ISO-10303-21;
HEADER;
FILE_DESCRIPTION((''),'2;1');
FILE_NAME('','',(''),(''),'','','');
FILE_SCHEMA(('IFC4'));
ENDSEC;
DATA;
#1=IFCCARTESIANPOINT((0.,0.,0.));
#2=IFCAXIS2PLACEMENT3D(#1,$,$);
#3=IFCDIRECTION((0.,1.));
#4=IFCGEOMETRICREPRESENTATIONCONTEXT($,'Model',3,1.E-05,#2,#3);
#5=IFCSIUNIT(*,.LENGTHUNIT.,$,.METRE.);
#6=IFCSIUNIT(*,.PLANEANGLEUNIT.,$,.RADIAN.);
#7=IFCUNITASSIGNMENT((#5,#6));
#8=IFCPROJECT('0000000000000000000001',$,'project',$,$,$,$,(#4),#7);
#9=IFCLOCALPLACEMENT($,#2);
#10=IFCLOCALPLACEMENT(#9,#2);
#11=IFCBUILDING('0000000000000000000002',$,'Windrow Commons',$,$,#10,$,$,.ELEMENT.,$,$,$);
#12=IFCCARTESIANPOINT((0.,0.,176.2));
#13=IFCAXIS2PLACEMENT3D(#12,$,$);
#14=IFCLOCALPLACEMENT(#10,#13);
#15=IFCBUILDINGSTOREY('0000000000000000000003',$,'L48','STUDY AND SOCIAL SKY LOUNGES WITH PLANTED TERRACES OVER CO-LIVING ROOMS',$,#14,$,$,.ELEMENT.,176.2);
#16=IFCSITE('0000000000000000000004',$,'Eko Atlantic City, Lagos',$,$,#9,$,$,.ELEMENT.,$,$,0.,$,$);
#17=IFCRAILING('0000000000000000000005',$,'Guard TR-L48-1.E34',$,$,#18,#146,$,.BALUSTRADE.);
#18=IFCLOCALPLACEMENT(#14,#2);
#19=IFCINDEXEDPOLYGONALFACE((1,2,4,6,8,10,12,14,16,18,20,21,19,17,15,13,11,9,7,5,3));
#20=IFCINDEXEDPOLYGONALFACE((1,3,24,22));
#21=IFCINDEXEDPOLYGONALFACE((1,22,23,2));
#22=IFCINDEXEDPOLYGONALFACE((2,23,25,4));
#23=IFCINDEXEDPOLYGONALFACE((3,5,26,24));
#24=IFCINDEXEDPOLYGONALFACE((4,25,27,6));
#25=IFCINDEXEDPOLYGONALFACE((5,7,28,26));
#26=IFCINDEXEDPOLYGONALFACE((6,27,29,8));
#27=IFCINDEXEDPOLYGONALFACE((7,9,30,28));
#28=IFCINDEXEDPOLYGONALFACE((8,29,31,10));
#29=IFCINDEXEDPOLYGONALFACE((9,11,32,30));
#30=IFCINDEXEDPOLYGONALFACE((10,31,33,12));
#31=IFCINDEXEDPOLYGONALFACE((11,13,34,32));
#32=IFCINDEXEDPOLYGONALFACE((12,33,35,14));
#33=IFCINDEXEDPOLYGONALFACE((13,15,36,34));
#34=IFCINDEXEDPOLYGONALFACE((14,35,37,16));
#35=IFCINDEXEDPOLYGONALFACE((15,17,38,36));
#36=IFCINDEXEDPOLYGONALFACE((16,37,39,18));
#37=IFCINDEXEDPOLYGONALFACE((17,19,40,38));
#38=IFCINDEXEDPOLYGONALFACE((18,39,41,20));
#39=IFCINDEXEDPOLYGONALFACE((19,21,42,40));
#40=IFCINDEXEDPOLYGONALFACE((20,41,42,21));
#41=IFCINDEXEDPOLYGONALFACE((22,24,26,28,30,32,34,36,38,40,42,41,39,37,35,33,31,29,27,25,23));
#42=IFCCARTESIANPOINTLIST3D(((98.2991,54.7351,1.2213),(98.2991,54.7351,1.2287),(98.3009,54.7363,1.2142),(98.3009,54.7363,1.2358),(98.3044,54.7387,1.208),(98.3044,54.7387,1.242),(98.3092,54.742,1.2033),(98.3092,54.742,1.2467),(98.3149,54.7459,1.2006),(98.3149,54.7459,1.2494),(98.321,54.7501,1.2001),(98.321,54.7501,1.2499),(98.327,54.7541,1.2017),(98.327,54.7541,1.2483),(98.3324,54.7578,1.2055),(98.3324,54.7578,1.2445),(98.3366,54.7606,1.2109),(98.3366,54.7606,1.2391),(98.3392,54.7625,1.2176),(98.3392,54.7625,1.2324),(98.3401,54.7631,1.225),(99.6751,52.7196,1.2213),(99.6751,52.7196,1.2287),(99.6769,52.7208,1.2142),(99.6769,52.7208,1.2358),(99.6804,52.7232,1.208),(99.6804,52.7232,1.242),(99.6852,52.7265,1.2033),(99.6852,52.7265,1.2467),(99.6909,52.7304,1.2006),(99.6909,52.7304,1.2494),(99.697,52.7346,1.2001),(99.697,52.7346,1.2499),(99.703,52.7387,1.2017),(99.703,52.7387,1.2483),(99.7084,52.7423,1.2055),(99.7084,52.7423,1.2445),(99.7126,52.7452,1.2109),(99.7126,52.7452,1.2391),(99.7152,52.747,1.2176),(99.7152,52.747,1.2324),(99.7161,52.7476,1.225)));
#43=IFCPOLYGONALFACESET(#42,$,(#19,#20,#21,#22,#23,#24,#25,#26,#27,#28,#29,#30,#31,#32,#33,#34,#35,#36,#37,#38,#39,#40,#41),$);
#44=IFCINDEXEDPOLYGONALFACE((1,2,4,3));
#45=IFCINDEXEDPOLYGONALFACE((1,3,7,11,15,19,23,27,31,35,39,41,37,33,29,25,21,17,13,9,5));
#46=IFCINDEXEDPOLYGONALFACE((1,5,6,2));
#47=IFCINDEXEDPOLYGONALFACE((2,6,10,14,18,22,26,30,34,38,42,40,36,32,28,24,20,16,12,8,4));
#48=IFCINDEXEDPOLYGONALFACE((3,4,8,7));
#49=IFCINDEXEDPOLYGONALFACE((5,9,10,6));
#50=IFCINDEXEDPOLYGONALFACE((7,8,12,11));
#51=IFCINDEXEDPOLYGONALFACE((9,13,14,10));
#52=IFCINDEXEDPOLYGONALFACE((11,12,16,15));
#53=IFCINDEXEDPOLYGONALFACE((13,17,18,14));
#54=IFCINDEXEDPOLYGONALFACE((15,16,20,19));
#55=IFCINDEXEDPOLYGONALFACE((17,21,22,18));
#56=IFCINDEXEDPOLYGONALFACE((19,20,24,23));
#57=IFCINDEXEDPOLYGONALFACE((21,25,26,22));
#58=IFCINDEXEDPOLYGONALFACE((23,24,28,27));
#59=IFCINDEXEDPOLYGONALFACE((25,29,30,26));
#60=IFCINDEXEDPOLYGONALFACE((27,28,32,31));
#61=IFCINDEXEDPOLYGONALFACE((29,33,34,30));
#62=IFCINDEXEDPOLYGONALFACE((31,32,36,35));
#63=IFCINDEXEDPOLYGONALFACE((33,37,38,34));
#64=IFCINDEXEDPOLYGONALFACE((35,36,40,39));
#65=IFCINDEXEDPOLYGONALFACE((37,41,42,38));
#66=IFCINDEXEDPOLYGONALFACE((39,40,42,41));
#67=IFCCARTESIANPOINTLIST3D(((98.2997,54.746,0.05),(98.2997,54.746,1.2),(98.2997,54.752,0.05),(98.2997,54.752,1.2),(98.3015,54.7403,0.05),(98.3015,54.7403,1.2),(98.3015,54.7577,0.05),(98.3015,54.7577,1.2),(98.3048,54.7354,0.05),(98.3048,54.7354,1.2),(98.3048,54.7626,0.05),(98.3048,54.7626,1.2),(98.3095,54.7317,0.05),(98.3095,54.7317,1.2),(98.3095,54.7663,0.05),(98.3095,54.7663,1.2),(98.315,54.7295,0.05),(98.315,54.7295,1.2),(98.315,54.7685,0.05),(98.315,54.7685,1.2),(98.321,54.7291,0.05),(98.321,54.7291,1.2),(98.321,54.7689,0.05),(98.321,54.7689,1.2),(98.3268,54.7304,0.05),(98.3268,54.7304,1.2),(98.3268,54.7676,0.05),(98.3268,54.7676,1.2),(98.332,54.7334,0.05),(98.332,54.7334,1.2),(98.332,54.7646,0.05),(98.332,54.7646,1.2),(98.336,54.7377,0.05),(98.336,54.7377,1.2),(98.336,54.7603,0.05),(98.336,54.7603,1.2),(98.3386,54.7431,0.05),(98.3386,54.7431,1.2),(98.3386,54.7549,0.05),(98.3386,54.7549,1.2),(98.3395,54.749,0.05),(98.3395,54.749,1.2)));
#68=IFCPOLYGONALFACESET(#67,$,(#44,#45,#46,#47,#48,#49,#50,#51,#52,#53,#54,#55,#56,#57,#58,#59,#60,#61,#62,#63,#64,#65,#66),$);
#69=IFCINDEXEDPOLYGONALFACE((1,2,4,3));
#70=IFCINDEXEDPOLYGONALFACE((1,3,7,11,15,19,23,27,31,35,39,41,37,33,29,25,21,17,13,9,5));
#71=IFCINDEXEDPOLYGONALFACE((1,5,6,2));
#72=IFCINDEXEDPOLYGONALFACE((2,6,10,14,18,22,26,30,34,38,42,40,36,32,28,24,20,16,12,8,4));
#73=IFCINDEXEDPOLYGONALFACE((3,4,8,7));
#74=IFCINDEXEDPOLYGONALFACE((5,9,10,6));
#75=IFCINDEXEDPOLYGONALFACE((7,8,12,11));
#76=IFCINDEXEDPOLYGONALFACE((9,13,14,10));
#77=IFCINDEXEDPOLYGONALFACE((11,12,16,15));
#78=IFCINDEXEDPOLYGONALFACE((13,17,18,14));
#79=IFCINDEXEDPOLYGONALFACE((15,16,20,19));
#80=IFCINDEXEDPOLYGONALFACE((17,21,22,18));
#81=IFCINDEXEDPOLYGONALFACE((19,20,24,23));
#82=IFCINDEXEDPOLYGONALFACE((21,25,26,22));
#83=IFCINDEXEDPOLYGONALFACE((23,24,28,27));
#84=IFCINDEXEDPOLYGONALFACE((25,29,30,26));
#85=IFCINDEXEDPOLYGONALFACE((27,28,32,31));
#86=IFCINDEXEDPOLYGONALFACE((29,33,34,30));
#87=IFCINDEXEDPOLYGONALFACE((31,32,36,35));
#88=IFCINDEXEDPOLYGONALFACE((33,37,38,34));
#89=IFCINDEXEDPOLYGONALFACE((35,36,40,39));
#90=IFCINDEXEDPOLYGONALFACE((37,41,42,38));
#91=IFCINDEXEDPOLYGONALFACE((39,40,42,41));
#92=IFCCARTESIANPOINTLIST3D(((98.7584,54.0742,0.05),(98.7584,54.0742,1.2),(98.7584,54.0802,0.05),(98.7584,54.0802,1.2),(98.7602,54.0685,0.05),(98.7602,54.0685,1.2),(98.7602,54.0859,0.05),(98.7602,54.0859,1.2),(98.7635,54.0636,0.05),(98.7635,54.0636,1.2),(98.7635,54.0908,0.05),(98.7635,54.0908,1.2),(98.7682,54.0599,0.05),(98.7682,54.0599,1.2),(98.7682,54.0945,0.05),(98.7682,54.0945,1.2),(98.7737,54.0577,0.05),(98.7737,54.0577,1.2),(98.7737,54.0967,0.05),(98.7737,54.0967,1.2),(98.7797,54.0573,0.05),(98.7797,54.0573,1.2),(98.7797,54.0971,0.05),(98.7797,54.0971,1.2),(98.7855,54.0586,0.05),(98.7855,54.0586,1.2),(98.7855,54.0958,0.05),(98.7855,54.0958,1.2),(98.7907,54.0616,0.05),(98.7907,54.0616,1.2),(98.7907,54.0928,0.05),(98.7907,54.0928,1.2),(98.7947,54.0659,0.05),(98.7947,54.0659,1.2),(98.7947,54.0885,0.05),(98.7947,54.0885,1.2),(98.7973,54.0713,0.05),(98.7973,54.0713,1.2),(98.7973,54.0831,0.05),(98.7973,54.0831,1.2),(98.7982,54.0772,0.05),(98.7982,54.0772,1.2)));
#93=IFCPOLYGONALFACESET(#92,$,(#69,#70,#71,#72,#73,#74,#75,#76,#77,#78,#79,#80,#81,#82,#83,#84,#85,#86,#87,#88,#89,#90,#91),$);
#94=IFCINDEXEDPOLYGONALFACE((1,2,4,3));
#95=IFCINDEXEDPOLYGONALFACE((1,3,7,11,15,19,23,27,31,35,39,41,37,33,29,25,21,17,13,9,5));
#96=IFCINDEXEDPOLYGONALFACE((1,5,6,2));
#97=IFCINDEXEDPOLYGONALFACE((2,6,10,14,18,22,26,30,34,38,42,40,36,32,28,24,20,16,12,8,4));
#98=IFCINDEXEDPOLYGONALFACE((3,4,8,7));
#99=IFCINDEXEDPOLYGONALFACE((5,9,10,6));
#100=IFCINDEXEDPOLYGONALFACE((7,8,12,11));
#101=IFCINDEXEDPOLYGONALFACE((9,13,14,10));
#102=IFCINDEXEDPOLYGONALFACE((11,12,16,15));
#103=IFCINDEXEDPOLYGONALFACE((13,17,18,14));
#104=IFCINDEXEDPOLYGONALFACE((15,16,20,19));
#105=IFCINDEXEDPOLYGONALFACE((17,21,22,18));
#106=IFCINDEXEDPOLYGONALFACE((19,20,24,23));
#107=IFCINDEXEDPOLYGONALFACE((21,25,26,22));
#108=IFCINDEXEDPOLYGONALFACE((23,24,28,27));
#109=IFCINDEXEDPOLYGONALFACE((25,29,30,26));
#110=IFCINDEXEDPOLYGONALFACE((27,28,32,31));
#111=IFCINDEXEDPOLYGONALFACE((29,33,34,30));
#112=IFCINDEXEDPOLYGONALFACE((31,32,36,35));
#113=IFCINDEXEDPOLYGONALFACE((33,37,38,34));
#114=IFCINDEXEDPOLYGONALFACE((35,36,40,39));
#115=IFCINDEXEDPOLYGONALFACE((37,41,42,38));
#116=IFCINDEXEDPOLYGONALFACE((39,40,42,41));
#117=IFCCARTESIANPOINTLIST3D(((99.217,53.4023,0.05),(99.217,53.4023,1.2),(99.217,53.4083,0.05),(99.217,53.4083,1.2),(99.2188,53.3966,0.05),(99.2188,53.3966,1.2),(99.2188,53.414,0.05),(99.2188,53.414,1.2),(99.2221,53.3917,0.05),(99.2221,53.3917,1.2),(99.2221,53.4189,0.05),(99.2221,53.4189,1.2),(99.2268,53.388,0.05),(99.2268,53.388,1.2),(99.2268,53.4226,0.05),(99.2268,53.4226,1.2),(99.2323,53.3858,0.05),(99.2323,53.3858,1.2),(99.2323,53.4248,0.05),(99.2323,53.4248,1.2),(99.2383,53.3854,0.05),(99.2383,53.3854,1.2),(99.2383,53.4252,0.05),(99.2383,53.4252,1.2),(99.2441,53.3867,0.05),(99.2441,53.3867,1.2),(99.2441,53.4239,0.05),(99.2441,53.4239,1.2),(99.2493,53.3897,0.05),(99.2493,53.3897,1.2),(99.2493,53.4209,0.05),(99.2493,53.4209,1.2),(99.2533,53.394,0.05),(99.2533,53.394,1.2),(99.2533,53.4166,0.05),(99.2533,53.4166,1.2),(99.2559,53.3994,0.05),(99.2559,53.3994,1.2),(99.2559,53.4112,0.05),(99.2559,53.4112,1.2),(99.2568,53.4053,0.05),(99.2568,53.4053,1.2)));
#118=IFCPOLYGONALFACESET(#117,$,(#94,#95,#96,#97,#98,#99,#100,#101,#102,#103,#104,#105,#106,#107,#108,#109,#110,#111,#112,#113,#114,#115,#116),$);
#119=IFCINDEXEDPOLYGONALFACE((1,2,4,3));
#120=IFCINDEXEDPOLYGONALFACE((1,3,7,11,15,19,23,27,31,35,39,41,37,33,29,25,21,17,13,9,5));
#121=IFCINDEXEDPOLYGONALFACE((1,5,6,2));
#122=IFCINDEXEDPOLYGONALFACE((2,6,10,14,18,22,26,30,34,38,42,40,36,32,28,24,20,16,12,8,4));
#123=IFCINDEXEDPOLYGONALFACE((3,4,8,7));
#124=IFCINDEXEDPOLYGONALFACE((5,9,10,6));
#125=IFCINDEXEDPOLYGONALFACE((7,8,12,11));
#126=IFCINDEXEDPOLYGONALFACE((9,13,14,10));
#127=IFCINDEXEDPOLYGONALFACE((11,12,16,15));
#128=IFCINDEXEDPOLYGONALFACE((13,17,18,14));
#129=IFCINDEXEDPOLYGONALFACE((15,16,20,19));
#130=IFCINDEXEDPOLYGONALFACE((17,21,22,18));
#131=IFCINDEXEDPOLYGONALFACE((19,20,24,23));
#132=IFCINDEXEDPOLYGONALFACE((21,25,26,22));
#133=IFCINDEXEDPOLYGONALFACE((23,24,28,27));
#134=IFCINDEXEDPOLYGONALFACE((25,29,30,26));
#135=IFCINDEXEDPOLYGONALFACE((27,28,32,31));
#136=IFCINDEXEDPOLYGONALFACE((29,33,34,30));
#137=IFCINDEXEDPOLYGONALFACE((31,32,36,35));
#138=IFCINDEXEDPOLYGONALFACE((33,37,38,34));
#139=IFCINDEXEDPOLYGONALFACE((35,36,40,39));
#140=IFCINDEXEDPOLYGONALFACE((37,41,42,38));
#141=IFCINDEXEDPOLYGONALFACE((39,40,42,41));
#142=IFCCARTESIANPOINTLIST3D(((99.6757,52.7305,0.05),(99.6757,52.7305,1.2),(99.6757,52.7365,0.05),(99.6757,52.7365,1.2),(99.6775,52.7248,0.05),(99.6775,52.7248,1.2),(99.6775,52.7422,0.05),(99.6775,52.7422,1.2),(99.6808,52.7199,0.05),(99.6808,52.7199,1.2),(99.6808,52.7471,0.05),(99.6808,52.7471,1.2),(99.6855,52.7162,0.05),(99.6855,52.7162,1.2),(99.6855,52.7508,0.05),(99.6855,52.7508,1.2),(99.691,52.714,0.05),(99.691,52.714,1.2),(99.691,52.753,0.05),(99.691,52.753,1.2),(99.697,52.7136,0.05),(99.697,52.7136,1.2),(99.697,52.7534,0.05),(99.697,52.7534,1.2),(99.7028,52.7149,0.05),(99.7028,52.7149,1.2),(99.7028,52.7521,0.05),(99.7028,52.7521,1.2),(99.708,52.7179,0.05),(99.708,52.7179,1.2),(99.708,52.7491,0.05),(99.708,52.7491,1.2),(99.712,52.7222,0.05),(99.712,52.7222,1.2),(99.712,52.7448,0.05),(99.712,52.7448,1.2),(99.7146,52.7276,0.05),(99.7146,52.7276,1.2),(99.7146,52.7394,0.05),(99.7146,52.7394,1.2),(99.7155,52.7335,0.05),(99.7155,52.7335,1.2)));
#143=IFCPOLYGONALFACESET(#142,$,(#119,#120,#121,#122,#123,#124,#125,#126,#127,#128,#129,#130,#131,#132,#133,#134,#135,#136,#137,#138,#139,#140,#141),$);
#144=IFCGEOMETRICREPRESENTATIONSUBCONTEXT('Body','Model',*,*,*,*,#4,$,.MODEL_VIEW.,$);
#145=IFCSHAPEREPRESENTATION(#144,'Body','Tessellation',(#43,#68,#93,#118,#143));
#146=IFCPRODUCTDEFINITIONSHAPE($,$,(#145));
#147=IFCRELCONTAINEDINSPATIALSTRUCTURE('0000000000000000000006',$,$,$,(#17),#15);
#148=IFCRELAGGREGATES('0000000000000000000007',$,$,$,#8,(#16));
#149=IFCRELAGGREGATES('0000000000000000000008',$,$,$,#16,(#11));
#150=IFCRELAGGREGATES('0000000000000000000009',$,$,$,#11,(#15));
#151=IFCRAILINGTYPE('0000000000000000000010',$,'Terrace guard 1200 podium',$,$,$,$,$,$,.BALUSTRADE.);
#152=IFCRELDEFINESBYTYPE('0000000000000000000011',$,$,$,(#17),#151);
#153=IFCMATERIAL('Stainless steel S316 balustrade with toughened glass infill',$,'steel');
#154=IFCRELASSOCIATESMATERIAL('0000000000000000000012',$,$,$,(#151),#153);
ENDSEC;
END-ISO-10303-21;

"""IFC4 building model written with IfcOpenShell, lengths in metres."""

from ifc_helpers import new_model, si_unit, direction, frame, origin, origin_2d, place, context, subcontext, project, spatial, circle, extrude, material, type_object, element, save


model = new_model("IFC4")

# Units and contexts
model_context = context("Model", 3, precision=1e-05, world=origin(), true_north=direction((0.0, 1.0)))
body_context = subcontext(model_context, "Body", "Model", "MODEL_VIEW")
ifc_project = project(units=[si_unit("LENGTHUNIT", "METRE"), si_unit("PLANEANGLEUNIT", "RADIAN")], contexts=[model_context])

# Site, building, storey
site_placement = place(None, origin())
site = spatial("IfcSite", under=ifc_project, at=site_placement, Name="Eko Atlantic City, Lagos", CompositionType="ELEMENT", RefElevation=0.0)
building_placement = place(site_placement, origin())
building = spatial("IfcBuilding", under=site, at=building_placement, Name="Windrow Commons", CompositionType="ELEMENT")
storey_placement = place(building_placement, frame((0.0, 0.0, 176.2)))
storey = spatial("IfcBuildingStorey", under=building, at=storey_placement, Name="L48", Description="STUDY AND SOCIAL SKY LOUNGES WITH PLANTED TERRACES OVER CO-LIVING ROOMS", CompositionType="ELEMENT", Elevation=176.2)

# Railing
ifc_material_1 = material(Name="Stainless steel S316 balustrade with toughened glass infill", Category="steel")
railing_type_1 = type_object("IfcRailingType", Name="Terrace guard 1200 podium", PredefinedType="BALUSTRADE", material=ifc_material_1)
railing_1_placement = place(storey_placement, frame((98.3195, 54.749, 0.05)))
element("IfcRailing", 1, at=railing_1_placement, inside=storey, type_object=railing_type_1, Name="Guard TR-L48-1.E34", PredefinedType="BALUSTRADE", context=body_context, shape_type="SweptSolid", body=[
    extrude(circle(Radius=0.025, at=origin_2d()), frame((0.0, 0.0, 1.175), z_axis=(0.563839, -0.825885, 0.0), x_axis=(0.825885, 0.563839, 0.0)), (0.0, 0.0, 1.0), 2.4404),
    extrude(circle(Radius=0.02, at=origin_2d()), origin(), (0.0, 0.0, 1.0), 1.15),
    extrude(circle(Radius=0.02, at=origin_2d()), frame((0.4587, -0.6718, 0.0)), (0.0, 0.0, 1.0), 1.15),
    extrude(circle(Radius=0.02, at=origin_2d()), frame((0.9173, -1.3437, 0.0)), (0.0, 0.0, 1.0), 1.15),
    extrude(circle(Radius=0.02, at=origin_2d()), frame((1.376, -2.0155, 0.0)), (0.0, 0.0, 1.0), 1.15),
])

save(model, "model.ifc")
